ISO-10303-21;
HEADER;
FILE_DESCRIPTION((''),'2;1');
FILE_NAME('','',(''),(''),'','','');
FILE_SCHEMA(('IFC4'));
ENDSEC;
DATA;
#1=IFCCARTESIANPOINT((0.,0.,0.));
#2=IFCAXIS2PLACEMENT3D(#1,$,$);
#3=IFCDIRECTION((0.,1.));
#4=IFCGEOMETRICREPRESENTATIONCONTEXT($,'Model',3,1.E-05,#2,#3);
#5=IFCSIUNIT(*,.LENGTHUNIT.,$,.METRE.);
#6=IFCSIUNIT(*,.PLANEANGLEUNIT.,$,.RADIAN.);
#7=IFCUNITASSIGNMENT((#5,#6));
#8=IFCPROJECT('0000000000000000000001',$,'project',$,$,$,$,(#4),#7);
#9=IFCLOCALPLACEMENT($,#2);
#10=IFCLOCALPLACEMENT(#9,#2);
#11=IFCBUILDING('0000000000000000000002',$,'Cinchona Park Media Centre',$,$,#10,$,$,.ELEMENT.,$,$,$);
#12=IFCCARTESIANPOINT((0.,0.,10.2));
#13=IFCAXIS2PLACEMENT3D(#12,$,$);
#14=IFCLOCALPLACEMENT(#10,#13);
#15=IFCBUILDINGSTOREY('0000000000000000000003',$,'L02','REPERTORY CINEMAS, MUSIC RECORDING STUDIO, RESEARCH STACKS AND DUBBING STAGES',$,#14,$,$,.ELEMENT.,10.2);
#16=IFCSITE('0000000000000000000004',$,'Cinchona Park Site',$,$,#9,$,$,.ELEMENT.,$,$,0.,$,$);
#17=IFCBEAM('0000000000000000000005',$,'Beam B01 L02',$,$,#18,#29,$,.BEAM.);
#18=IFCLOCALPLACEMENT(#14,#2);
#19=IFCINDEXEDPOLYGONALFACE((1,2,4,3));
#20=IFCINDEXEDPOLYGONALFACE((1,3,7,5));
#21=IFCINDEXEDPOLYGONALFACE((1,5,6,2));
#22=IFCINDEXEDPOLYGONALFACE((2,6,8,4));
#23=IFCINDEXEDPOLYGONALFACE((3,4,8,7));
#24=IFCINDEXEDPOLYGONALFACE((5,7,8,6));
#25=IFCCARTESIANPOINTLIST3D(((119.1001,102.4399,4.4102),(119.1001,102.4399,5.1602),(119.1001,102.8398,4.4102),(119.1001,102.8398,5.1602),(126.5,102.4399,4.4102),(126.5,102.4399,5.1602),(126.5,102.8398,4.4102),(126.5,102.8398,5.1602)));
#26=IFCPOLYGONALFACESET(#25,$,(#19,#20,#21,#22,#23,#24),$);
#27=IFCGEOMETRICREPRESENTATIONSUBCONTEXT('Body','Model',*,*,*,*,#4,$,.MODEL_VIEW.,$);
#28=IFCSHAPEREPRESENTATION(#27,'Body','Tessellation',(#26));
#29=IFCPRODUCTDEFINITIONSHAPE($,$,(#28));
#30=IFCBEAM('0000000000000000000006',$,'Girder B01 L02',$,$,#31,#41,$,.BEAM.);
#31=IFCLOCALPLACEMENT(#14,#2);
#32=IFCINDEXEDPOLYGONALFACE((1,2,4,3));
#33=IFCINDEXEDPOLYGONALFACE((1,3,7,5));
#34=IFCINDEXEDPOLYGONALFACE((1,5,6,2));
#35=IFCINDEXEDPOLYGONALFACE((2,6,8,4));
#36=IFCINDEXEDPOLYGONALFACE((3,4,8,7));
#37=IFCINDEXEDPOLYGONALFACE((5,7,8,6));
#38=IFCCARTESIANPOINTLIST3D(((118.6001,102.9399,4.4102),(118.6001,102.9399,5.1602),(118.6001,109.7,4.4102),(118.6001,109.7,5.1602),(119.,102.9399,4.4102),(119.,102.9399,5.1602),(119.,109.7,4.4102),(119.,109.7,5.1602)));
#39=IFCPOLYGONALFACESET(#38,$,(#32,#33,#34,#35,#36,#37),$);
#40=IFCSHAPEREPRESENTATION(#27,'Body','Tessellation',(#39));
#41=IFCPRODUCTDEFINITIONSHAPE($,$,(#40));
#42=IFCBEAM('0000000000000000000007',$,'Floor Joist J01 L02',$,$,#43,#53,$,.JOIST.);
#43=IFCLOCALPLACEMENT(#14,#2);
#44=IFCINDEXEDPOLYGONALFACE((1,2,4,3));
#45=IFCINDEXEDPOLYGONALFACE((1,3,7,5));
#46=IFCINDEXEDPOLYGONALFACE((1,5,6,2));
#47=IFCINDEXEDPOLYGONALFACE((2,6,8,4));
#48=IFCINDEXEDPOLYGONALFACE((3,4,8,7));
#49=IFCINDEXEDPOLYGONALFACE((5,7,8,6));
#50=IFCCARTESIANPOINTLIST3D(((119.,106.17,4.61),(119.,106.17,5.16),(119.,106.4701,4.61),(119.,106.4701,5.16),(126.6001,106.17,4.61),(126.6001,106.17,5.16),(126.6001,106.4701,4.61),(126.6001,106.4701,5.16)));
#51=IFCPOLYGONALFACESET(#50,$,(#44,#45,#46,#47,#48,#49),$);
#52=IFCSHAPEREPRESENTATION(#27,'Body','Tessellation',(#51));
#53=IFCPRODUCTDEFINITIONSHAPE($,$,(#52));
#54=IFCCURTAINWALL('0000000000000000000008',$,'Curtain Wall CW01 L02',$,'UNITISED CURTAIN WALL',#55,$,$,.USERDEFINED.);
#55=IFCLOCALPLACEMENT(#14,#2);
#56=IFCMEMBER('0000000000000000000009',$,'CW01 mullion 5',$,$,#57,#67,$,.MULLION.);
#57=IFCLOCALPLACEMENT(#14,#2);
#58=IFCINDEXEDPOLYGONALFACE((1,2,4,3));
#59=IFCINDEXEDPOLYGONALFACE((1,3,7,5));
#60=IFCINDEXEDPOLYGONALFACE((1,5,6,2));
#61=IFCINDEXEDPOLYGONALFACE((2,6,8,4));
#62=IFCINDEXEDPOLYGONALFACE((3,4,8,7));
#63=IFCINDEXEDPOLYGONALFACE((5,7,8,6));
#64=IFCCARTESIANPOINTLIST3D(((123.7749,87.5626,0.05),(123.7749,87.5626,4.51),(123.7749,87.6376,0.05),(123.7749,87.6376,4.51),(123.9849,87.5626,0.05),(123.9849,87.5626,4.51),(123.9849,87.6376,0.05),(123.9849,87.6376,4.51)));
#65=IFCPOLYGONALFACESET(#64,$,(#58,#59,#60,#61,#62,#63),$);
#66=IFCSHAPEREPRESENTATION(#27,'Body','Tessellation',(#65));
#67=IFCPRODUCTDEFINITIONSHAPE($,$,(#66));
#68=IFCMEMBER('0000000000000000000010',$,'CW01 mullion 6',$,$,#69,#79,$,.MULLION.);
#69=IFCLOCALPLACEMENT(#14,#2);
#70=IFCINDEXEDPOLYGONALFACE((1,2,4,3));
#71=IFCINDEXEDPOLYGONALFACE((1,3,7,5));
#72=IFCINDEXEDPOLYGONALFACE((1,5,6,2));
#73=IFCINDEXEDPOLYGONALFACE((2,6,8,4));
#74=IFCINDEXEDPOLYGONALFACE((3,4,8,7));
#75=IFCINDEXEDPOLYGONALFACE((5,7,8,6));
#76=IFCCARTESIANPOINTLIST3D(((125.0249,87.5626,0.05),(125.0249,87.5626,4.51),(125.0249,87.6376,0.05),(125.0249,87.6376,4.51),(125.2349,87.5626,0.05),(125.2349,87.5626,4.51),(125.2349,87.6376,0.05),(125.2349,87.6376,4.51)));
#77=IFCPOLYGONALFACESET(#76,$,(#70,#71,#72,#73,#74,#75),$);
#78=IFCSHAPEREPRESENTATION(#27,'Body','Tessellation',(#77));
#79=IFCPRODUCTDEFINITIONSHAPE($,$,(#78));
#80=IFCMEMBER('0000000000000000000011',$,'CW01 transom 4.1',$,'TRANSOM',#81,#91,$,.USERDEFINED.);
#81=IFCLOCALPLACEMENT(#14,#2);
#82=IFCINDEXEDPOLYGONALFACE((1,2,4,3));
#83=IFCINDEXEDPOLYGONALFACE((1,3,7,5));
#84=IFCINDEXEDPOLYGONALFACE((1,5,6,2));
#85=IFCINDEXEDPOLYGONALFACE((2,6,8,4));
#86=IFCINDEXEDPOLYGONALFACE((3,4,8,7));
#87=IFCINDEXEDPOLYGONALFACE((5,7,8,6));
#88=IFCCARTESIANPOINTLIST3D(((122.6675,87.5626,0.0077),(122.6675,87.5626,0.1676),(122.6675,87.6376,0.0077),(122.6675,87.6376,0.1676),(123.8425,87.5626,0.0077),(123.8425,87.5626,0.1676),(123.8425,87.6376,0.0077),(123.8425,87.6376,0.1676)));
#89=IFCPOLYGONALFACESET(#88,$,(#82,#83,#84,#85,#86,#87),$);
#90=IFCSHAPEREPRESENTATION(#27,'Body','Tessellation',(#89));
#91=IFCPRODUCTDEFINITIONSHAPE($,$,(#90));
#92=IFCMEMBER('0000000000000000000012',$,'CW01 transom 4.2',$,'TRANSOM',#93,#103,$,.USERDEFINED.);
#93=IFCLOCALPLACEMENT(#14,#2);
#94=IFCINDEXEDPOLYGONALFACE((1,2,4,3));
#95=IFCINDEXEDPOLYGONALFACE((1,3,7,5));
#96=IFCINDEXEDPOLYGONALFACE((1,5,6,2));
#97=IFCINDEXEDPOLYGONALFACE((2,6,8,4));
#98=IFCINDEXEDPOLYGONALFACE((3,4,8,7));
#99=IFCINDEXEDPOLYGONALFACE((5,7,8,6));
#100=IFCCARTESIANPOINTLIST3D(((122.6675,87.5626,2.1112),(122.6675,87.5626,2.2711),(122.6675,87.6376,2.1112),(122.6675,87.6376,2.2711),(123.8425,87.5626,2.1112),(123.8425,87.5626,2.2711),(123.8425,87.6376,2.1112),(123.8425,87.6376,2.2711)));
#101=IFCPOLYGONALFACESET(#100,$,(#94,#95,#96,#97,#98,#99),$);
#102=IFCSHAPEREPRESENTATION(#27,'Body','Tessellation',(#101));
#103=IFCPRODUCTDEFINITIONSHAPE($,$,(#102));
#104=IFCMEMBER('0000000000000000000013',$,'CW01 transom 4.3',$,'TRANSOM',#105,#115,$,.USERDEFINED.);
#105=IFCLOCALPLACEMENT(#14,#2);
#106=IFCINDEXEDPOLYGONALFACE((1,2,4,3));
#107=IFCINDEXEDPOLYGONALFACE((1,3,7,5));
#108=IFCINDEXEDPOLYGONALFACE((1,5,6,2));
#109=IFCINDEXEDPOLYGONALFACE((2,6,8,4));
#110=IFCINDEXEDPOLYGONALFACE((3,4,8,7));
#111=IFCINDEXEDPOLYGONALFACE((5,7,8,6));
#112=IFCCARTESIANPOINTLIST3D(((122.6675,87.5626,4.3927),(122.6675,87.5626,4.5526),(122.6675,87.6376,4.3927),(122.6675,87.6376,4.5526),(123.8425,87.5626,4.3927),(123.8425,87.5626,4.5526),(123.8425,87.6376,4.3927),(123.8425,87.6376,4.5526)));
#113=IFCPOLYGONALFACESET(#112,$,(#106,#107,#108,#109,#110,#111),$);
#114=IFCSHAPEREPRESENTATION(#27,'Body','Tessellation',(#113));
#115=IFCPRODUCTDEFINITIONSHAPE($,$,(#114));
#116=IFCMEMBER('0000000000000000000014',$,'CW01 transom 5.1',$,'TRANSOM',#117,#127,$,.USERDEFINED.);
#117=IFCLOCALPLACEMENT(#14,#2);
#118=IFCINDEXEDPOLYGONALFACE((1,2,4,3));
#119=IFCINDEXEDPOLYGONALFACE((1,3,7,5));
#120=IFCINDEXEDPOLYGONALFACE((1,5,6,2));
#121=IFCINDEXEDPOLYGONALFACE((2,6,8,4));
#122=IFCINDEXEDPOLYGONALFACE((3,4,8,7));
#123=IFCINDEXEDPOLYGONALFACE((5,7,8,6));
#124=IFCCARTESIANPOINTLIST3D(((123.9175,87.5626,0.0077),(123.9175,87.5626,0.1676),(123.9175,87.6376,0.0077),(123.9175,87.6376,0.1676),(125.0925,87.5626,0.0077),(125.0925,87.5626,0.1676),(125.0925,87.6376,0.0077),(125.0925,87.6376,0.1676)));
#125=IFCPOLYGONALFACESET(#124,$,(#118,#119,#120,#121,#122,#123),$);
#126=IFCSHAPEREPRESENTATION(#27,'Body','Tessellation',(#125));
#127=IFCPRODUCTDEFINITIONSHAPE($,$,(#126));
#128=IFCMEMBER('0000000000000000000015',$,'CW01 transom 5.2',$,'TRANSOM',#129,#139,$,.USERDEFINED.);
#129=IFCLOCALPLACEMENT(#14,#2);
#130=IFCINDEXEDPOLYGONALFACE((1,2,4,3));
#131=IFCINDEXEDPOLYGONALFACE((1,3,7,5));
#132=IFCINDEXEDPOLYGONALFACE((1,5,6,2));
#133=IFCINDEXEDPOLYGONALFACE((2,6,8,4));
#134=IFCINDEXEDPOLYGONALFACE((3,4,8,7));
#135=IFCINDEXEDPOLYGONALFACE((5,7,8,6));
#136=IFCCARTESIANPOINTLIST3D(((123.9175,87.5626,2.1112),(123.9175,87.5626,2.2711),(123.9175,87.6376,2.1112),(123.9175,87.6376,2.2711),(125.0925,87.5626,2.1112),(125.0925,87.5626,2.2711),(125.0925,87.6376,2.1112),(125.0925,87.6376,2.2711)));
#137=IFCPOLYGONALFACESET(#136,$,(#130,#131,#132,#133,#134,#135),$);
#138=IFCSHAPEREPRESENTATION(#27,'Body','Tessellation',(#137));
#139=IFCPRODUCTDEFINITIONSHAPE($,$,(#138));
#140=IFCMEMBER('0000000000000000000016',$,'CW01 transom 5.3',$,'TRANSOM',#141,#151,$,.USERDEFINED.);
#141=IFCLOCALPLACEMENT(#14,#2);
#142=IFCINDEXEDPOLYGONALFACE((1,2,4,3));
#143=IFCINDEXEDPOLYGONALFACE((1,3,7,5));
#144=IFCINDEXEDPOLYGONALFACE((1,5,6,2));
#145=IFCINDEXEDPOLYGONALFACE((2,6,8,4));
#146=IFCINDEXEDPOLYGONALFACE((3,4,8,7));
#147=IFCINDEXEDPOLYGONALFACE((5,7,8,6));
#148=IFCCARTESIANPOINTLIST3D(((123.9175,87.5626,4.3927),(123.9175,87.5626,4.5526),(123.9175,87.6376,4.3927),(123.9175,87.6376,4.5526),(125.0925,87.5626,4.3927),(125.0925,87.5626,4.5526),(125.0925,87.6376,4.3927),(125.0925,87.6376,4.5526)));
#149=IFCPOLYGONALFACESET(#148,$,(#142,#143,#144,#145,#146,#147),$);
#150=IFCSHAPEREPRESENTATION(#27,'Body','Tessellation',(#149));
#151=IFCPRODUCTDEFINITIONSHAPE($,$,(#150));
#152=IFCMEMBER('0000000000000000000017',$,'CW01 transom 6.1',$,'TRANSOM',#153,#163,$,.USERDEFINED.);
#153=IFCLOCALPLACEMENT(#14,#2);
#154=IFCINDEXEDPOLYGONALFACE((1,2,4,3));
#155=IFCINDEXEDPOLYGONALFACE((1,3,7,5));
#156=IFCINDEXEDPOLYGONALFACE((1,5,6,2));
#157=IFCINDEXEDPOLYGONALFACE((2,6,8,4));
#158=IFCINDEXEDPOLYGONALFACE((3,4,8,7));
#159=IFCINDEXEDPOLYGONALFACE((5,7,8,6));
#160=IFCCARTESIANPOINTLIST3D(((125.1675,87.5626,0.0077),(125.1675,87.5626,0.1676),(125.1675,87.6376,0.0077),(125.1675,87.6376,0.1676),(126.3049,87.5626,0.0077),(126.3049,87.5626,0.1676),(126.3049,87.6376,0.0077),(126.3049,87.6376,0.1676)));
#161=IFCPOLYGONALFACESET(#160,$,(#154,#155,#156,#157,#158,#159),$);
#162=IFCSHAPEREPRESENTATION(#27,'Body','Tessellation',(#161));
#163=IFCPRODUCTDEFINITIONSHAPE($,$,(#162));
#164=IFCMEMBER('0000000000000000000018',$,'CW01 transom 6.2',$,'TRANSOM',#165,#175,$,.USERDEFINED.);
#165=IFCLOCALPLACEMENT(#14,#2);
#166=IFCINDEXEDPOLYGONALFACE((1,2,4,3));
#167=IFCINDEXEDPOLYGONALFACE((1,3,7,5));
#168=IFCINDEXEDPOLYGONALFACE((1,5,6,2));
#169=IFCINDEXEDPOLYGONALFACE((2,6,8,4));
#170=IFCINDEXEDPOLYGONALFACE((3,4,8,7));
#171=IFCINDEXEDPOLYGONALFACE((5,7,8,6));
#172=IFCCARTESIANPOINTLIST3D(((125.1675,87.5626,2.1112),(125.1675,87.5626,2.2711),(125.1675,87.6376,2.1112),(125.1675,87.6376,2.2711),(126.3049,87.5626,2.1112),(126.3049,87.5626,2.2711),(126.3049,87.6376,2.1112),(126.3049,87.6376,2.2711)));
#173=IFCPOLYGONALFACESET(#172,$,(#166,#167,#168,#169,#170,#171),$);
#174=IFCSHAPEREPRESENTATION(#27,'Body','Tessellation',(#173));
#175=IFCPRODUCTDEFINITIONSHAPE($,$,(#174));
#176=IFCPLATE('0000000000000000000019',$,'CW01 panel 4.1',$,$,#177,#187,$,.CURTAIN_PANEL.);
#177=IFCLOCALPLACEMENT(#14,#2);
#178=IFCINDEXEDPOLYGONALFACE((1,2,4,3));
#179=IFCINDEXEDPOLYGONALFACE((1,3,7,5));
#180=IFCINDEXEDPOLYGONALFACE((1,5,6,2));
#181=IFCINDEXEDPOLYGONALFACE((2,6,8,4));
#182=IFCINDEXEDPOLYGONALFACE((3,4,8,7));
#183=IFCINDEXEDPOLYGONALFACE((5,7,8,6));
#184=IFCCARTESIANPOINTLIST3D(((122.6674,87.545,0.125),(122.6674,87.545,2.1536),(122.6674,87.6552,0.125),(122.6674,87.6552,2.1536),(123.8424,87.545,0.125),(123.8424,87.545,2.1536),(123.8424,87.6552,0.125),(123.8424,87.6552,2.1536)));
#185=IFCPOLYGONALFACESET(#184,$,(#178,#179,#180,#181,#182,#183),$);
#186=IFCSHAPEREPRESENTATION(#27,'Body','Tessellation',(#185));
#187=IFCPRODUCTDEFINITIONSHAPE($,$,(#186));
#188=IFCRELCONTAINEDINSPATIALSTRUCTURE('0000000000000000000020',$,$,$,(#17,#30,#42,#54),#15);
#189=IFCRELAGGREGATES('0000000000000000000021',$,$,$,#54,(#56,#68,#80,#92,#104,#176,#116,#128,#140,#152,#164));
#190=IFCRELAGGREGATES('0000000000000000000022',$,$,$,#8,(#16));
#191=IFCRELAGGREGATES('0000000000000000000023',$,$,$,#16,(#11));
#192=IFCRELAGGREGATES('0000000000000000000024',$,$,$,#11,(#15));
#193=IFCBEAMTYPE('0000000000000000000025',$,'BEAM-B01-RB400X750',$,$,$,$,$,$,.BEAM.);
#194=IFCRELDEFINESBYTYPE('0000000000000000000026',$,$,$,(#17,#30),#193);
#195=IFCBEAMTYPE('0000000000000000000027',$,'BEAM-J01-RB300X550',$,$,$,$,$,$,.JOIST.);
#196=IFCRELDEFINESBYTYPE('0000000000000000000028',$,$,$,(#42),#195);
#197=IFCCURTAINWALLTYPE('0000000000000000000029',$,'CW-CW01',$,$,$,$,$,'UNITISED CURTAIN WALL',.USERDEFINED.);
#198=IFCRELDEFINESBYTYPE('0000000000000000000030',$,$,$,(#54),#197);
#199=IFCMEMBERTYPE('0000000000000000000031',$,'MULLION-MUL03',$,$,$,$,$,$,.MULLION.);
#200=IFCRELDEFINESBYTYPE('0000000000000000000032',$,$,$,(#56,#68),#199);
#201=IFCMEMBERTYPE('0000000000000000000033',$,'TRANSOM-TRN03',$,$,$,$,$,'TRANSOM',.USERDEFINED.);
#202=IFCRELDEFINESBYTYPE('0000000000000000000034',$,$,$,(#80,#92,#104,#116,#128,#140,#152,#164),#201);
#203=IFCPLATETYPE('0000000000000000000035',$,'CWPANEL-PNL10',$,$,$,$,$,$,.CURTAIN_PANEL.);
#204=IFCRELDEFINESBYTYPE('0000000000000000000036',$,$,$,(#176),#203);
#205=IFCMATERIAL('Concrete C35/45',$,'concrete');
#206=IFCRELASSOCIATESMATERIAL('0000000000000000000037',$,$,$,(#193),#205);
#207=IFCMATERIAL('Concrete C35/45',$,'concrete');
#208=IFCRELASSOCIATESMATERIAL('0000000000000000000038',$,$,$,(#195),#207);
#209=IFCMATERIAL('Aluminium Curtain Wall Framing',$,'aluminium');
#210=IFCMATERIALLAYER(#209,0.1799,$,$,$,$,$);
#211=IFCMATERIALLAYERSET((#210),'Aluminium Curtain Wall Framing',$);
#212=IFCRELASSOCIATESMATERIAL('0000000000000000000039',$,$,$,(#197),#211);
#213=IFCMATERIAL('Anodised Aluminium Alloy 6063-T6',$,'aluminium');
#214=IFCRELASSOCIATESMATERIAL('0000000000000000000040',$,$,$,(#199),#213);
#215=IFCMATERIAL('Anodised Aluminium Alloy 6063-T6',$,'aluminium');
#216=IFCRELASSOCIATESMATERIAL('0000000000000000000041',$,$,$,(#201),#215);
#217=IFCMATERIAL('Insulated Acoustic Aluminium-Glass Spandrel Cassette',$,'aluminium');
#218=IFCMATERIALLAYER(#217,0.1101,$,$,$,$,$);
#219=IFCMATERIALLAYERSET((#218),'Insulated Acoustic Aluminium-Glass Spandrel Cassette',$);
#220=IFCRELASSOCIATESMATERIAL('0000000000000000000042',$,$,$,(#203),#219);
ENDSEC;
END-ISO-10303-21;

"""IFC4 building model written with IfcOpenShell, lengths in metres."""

from ifc_helpers import new_model, si_unit, direction, frame, origin, origin_2d, place, context, subcontext, project, spatial, rectangle, extrude, material, layer, layer_set, material_profile, profile_set, type_object, element, aggregate, save


model = new_model("IFC4")

# Units and contexts
model_context = context("Model", 3, precision=1e-05, world=origin(), true_north=direction((0.0, 1.0)))
body_context = subcontext(model_context, "Body", "Model", "MODEL_VIEW")
ifc_project = project(units=[si_unit("LENGTHUNIT", "METRE"), si_unit("PLANEANGLEUNIT", "RADIAN")], contexts=[model_context])

# Site, building, storey
site_placement = place(None, origin())
site = spatial("IfcSite", under=ifc_project, at=site_placement, Name="Cinchona Park Site", CompositionType="ELEMENT", RefElevation=0.0)
building_placement = place(site_placement, origin())
building = spatial("IfcBuilding", under=site, at=building_placement, Name="Cinchona Park Media Centre", CompositionType="ELEMENT")
storey_placement = place(building_placement, frame((0.0, 0.0, 10.2)))
storey = spatial("IfcBuildingStorey", under=building, at=storey_placement, Name="L02", Description="REPERTORY CINEMAS, MUSIC RECORDING STUDIO, RESEARCH STACKS AND DUBBING STAGES", CompositionType="ELEMENT", Elevation=10.2)

# Beams
ifc_material_1 = material(Name="Concrete C35/45", Category="concrete")
ifc_material_profile_1 = material_profile(ifc_material_1, rectangle(XDim=0.3999, YDim=0.75, at=origin_2d()), Name="RB 400X750")
ifc_profile_set_1 = profile_set([ifc_material_profile_1], Name="Concrete C35/45")
beam_type_1 = type_object("IfcBeamType", Name="BEAM-B01-RB400X750", PredefinedType="BEAM", material=ifc_profile_set_1)
beam_1_placement = place(storey_placement, frame((119.1001, 102.6399, 4.7852), z_axis=(1.0, 0.0, 0.0), x_axis=(0.0, 1.0, 0.0)))
element("IfcBeam", 1, at=beam_1_placement, inside=storey, type_object=beam_type_1, Name="Beam B01 L02", PredefinedType="BEAM", context=body_context, shape_type="SweptSolid", body=[
    extrude(rectangle(XDim=0.3999, YDim=0.75, at=origin_2d()), origin(), (0.0, 0.0, 1.0), 7.3999),
])
beam_2_placement = place(storey_placement, frame((118.8, 102.9399, 4.7852), z_axis=(0.0, 1.0, 0.0), x_axis=(-1.0, 0.0, 0.0)))
element("IfcBeam", 2, at=beam_2_placement, inside=storey, type_object=beam_type_1, Name="Girder B01 L02", PredefinedType="BEAM", context=body_context, shape_type="SweptSolid", body=[
    extrude(rectangle(XDim=0.3999, YDim=0.75, at=origin_2d()), origin(), (0.0, 0.0, 1.0), 6.76),
])
ifc_material_2 = material(Name="Concrete C35/45", Category="concrete")
ifc_material_profile_2 = material_profile(ifc_material_2, rectangle(XDim=0.3, YDim=0.55, at=origin_2d()), Name="RB 300X550")
ifc_profile_set_2 = profile_set([ifc_material_profile_2], Name="Concrete C35/45")
beam_type_2 = type_object("IfcBeamType", Name="BEAM-J01-RB300X550", PredefinedType="JOIST", material=ifc_profile_set_2)
beam_3_placement = place(storey_placement, frame((119.0, 106.3201, 4.885), z_axis=(1.0, 0.0, 0.0), x_axis=(0.0, 1.0, 0.0)))
element("IfcBeam", 3, at=beam_3_placement, inside=storey, type_object=beam_type_2, Name="Floor Joist J01 L02", PredefinedType="JOIST", context=body_context, shape_type="SweptSolid", body=[
    extrude(rectangle(XDim=0.3, YDim=0.55, at=origin_2d()), origin(), (0.0, 0.0, 1.0), 7.6001),
])

# Curtain wall, members, plate
ifc_material_3 = material(Name="Aluminium Curtain Wall Framing", Category="aluminium")
ifc_layer_1 = layer(ifc_material_3, 0.1799)
ifc_layer_set_1 = layer_set([ifc_layer_1], Name="Aluminium Curtain Wall Framing")
curtain_wall_type = type_object("IfcCurtainWallType", Name="CW-CW01", ElementType="UNITISED CURTAIN WALL", PredefinedType="USERDEFINED", material=ifc_layer_set_1)
curtain_wall_placement = place(storey_placement, origin())
curtain_wall = element("IfcCurtainWall", 4, at=curtain_wall_placement, inside=storey, type_object=curtain_wall_type, Name="Curtain Wall CW01 L02", ObjectType="UNITISED CURTAIN WALL", PredefinedType="USERDEFINED")
ifc_material_4 = material(Name="Anodised Aluminium Alloy 6063-T6", Category="aluminium")
ifc_material_profile_3 = material_profile(ifc_material_4, rectangle(XDim=0.075, YDim=0.21, at=origin_2d()), Name="MUL-75X210")
ifc_profile_set_3 = profile_set([ifc_material_profile_3], Name="Anodised Aluminium Alloy 6063-T6")
member_type_1 = type_object("IfcMemberType", Name="MULLION-MUL03", PredefinedType="MULLION", material=ifc_profile_set_3)
member_1_placement = place(storey_placement, frame((123.8799, 87.6001, 0.05), z_axis=(0.0, 0.0, 1.0), x_axis=(0.0, 1.0, 0.0)))
member_1 = element("IfcMember", 5, at=member_1_placement, type_object=member_type_1, Name="CW01 mullion 5", PredefinedType="MULLION", context=body_context, shape_type="SweptSolid", body=[
    extrude(rectangle(XDim=0.075, YDim=0.21, at=origin_2d()), origin(), (0.0, 0.0, 1.0), 4.46),
])
member_2_placement = place(storey_placement, frame((125.1299, 87.6001, 0.05), z_axis=(0.0, 0.0, 1.0), x_axis=(0.0, 1.0, 0.0)))
member_2 = element("IfcMember", 6, at=member_2_placement, type_object=member_type_1, Name="CW01 mullion 6", PredefinedType="MULLION", context=body_context, shape_type="SweptSolid", body=[
    extrude(rectangle(XDim=0.075, YDim=0.21, at=origin_2d()), origin(), (0.0, 0.0, 1.0), 4.46),
])
ifc_material_5 = material(Name="Anodised Aluminium Alloy 6063-T6", Category="aluminium")
ifc_material_profile_4 = material_profile(ifc_material_5, rectangle(XDim=0.075, YDim=0.1599, at=origin_2d()), Name="TRN-75X160")
ifc_profile_set_4 = profile_set([ifc_material_profile_4], Name="Anodised Aluminium Alloy 6063-T6")
member_type_2 = type_object("IfcMemberType", Name="TRANSOM-TRN03", ElementType="TRANSOM", PredefinedType="USERDEFINED", material=ifc_profile_set_4)
member_3_placement = place(storey_placement, frame((122.6675, 87.6001, 0.0876), z_axis=(1.0, 0.0, 0.0), x_axis=(0.0, 1.0, 0.0)))
member_3 = element("IfcMember", 7, at=member_3_placement, type_object=member_type_2, Name="CW01 transom 4.1", ObjectType="TRANSOM", PredefinedType="USERDEFINED", context=body_context, shape_type="SweptSolid", body=[
    extrude(rectangle(XDim=0.075, YDim=0.1599, at=origin_2d()), origin(), (0.0, 0.0, 1.0), 1.175),
])
member_4_placement = place(storey_placement, frame((122.6675, 87.6001, 2.1912), z_axis=(1.0, 0.0, 0.0), x_axis=(0.0, 1.0, 0.0)))
member_4 = element("IfcMember", 8, at=member_4_placement, type_object=member_type_2, Name="CW01 transom 4.2", ObjectType="TRANSOM", PredefinedType="USERDEFINED", context=body_context, shape_type="SweptSolid", body=[
    extrude(rectangle(XDim=0.075, YDim=0.1599, at=origin_2d()), origin(), (0.0, 0.0, 1.0), 1.175),
])
member_5_placement = place(storey_placement, frame((122.6675, 87.6001, 4.4727), z_axis=(1.0, 0.0, 0.0), x_axis=(0.0, 1.0, 0.0)))
member_5 = element("IfcMember", 9, at=member_5_placement, type_object=member_type_2, Name="CW01 transom 4.3", ObjectType="TRANSOM", PredefinedType="USERDEFINED", context=body_context, shape_type="SweptSolid", body=[
    extrude(rectangle(XDim=0.075, YDim=0.1599, at=origin_2d()), origin(), (0.0, 0.0, 1.0), 1.175),
])
member_6_placement = place(storey_placement, frame((123.9175, 87.6001, 0.0876), z_axis=(1.0, 0.0, 0.0), x_axis=(0.0, 1.0, 0.0)))
member_6 = element("IfcMember", 10, at=member_6_placement, type_object=member_type_2, Name="CW01 transom 5.1", ObjectType="TRANSOM", PredefinedType="USERDEFINED", context=body_context, shape_type="SweptSolid", body=[
    extrude(rectangle(XDim=0.075, YDim=0.1599, at=origin_2d()), origin(), (0.0, 0.0, 1.0), 1.175),
])
member_7_placement = place(storey_placement, frame((123.9175, 87.6001, 2.1912), z_axis=(1.0, 0.0, 0.0), x_axis=(0.0, 1.0, 0.0)))
member_7 = element("IfcMember", 11, at=member_7_placement, type_object=member_type_2, Name="CW01 transom 5.2", ObjectType="TRANSOM", PredefinedType="USERDEFINED", context=body_context, shape_type="SweptSolid", body=[
    extrude(rectangle(XDim=0.075, YDim=0.1599, at=origin_2d()), origin(), (0.0, 0.0, 1.0), 1.175),
])
member_8_placement = place(storey_placement, frame((123.9175, 87.6001, 4.4727), z_axis=(1.0, 0.0, 0.0), x_axis=(0.0, 1.0, 0.0)))
member_8 = element("IfcMember", 12, at=member_8_placement, type_object=member_type_2, Name="CW01 transom 5.3", ObjectType="TRANSOM", PredefinedType="USERDEFINED", context=body_context, shape_type="SweptSolid", body=[
    extrude(rectangle(XDim=0.075, YDim=0.1599, at=origin_2d()), origin(), (0.0, 0.0, 1.0), 1.175),
])
member_9_placement = place(storey_placement, frame((125.1675, 87.6001, 0.0876), z_axis=(1.0, 0.0, 0.0), x_axis=(0.0, 1.0, 0.0)))
member_9 = element("IfcMember", 13, at=member_9_placement, type_object=member_type_2, Name="CW01 transom 6.1", ObjectType="TRANSOM", PredefinedType="USERDEFINED", context=body_context, shape_type="SweptSolid", body=[
    extrude(rectangle(XDim=0.075, YDim=0.1599, at=origin_2d()), origin(), (0.0, 0.0, 1.0), 1.1375),
])
member_10_placement = place(storey_placement, frame((125.1675, 87.6001, 2.1912), z_axis=(1.0, 0.0, 0.0), x_axis=(0.0, 1.0, 0.0)))
member_10 = element("IfcMember", 14, at=member_10_placement, type_object=member_type_2, Name="CW01 transom 6.2", ObjectType="TRANSOM", PredefinedType="USERDEFINED", context=body_context, shape_type="SweptSolid", body=[
    extrude(rectangle(XDim=0.075, YDim=0.1599, at=origin_2d()), origin(), (0.0, 0.0, 1.0), 1.1375),
])
ifc_material_6 = material(Name="Insulated Acoustic Aluminium-Glass Spandrel Cassette", Category="aluminium")
ifc_layer_2 = layer(ifc_material_6, 0.1101)
ifc_layer_set_2 = layer_set([ifc_layer_2], Name="Insulated Acoustic Aluminium-Glass Spandrel Cassette")
plate_type = type_object("IfcPlateType", Name="CWPANEL-PNL10", PredefinedType="CURTAIN_PANEL", material=ifc_layer_set_2)
plate_1_placement = place(storey_placement, frame((123.2549, 87.6001, 0.125), z_axis=(0.0, 0.0, 1.0), x_axis=(1.0, 0.0, 0.0)))
plate_1 = element("IfcPlate", 15, at=plate_1_placement, type_object=plate_type, Name="CW01 panel 4.1", PredefinedType="CURTAIN_PANEL", context=body_context, shape_type="SweptSolid", body=[
    extrude(rectangle(XDim=1.175, YDim=0.1101, at=origin_2d()), origin(), (0.0, 0.0, 1.0), 2.0286),
])
aggregate(curtain_wall, [member_1, member_2, member_3, member_4, member_5, plate_1, member_6, member_7, member_8, member_9, member_10])

save(model, "model.ifc")
